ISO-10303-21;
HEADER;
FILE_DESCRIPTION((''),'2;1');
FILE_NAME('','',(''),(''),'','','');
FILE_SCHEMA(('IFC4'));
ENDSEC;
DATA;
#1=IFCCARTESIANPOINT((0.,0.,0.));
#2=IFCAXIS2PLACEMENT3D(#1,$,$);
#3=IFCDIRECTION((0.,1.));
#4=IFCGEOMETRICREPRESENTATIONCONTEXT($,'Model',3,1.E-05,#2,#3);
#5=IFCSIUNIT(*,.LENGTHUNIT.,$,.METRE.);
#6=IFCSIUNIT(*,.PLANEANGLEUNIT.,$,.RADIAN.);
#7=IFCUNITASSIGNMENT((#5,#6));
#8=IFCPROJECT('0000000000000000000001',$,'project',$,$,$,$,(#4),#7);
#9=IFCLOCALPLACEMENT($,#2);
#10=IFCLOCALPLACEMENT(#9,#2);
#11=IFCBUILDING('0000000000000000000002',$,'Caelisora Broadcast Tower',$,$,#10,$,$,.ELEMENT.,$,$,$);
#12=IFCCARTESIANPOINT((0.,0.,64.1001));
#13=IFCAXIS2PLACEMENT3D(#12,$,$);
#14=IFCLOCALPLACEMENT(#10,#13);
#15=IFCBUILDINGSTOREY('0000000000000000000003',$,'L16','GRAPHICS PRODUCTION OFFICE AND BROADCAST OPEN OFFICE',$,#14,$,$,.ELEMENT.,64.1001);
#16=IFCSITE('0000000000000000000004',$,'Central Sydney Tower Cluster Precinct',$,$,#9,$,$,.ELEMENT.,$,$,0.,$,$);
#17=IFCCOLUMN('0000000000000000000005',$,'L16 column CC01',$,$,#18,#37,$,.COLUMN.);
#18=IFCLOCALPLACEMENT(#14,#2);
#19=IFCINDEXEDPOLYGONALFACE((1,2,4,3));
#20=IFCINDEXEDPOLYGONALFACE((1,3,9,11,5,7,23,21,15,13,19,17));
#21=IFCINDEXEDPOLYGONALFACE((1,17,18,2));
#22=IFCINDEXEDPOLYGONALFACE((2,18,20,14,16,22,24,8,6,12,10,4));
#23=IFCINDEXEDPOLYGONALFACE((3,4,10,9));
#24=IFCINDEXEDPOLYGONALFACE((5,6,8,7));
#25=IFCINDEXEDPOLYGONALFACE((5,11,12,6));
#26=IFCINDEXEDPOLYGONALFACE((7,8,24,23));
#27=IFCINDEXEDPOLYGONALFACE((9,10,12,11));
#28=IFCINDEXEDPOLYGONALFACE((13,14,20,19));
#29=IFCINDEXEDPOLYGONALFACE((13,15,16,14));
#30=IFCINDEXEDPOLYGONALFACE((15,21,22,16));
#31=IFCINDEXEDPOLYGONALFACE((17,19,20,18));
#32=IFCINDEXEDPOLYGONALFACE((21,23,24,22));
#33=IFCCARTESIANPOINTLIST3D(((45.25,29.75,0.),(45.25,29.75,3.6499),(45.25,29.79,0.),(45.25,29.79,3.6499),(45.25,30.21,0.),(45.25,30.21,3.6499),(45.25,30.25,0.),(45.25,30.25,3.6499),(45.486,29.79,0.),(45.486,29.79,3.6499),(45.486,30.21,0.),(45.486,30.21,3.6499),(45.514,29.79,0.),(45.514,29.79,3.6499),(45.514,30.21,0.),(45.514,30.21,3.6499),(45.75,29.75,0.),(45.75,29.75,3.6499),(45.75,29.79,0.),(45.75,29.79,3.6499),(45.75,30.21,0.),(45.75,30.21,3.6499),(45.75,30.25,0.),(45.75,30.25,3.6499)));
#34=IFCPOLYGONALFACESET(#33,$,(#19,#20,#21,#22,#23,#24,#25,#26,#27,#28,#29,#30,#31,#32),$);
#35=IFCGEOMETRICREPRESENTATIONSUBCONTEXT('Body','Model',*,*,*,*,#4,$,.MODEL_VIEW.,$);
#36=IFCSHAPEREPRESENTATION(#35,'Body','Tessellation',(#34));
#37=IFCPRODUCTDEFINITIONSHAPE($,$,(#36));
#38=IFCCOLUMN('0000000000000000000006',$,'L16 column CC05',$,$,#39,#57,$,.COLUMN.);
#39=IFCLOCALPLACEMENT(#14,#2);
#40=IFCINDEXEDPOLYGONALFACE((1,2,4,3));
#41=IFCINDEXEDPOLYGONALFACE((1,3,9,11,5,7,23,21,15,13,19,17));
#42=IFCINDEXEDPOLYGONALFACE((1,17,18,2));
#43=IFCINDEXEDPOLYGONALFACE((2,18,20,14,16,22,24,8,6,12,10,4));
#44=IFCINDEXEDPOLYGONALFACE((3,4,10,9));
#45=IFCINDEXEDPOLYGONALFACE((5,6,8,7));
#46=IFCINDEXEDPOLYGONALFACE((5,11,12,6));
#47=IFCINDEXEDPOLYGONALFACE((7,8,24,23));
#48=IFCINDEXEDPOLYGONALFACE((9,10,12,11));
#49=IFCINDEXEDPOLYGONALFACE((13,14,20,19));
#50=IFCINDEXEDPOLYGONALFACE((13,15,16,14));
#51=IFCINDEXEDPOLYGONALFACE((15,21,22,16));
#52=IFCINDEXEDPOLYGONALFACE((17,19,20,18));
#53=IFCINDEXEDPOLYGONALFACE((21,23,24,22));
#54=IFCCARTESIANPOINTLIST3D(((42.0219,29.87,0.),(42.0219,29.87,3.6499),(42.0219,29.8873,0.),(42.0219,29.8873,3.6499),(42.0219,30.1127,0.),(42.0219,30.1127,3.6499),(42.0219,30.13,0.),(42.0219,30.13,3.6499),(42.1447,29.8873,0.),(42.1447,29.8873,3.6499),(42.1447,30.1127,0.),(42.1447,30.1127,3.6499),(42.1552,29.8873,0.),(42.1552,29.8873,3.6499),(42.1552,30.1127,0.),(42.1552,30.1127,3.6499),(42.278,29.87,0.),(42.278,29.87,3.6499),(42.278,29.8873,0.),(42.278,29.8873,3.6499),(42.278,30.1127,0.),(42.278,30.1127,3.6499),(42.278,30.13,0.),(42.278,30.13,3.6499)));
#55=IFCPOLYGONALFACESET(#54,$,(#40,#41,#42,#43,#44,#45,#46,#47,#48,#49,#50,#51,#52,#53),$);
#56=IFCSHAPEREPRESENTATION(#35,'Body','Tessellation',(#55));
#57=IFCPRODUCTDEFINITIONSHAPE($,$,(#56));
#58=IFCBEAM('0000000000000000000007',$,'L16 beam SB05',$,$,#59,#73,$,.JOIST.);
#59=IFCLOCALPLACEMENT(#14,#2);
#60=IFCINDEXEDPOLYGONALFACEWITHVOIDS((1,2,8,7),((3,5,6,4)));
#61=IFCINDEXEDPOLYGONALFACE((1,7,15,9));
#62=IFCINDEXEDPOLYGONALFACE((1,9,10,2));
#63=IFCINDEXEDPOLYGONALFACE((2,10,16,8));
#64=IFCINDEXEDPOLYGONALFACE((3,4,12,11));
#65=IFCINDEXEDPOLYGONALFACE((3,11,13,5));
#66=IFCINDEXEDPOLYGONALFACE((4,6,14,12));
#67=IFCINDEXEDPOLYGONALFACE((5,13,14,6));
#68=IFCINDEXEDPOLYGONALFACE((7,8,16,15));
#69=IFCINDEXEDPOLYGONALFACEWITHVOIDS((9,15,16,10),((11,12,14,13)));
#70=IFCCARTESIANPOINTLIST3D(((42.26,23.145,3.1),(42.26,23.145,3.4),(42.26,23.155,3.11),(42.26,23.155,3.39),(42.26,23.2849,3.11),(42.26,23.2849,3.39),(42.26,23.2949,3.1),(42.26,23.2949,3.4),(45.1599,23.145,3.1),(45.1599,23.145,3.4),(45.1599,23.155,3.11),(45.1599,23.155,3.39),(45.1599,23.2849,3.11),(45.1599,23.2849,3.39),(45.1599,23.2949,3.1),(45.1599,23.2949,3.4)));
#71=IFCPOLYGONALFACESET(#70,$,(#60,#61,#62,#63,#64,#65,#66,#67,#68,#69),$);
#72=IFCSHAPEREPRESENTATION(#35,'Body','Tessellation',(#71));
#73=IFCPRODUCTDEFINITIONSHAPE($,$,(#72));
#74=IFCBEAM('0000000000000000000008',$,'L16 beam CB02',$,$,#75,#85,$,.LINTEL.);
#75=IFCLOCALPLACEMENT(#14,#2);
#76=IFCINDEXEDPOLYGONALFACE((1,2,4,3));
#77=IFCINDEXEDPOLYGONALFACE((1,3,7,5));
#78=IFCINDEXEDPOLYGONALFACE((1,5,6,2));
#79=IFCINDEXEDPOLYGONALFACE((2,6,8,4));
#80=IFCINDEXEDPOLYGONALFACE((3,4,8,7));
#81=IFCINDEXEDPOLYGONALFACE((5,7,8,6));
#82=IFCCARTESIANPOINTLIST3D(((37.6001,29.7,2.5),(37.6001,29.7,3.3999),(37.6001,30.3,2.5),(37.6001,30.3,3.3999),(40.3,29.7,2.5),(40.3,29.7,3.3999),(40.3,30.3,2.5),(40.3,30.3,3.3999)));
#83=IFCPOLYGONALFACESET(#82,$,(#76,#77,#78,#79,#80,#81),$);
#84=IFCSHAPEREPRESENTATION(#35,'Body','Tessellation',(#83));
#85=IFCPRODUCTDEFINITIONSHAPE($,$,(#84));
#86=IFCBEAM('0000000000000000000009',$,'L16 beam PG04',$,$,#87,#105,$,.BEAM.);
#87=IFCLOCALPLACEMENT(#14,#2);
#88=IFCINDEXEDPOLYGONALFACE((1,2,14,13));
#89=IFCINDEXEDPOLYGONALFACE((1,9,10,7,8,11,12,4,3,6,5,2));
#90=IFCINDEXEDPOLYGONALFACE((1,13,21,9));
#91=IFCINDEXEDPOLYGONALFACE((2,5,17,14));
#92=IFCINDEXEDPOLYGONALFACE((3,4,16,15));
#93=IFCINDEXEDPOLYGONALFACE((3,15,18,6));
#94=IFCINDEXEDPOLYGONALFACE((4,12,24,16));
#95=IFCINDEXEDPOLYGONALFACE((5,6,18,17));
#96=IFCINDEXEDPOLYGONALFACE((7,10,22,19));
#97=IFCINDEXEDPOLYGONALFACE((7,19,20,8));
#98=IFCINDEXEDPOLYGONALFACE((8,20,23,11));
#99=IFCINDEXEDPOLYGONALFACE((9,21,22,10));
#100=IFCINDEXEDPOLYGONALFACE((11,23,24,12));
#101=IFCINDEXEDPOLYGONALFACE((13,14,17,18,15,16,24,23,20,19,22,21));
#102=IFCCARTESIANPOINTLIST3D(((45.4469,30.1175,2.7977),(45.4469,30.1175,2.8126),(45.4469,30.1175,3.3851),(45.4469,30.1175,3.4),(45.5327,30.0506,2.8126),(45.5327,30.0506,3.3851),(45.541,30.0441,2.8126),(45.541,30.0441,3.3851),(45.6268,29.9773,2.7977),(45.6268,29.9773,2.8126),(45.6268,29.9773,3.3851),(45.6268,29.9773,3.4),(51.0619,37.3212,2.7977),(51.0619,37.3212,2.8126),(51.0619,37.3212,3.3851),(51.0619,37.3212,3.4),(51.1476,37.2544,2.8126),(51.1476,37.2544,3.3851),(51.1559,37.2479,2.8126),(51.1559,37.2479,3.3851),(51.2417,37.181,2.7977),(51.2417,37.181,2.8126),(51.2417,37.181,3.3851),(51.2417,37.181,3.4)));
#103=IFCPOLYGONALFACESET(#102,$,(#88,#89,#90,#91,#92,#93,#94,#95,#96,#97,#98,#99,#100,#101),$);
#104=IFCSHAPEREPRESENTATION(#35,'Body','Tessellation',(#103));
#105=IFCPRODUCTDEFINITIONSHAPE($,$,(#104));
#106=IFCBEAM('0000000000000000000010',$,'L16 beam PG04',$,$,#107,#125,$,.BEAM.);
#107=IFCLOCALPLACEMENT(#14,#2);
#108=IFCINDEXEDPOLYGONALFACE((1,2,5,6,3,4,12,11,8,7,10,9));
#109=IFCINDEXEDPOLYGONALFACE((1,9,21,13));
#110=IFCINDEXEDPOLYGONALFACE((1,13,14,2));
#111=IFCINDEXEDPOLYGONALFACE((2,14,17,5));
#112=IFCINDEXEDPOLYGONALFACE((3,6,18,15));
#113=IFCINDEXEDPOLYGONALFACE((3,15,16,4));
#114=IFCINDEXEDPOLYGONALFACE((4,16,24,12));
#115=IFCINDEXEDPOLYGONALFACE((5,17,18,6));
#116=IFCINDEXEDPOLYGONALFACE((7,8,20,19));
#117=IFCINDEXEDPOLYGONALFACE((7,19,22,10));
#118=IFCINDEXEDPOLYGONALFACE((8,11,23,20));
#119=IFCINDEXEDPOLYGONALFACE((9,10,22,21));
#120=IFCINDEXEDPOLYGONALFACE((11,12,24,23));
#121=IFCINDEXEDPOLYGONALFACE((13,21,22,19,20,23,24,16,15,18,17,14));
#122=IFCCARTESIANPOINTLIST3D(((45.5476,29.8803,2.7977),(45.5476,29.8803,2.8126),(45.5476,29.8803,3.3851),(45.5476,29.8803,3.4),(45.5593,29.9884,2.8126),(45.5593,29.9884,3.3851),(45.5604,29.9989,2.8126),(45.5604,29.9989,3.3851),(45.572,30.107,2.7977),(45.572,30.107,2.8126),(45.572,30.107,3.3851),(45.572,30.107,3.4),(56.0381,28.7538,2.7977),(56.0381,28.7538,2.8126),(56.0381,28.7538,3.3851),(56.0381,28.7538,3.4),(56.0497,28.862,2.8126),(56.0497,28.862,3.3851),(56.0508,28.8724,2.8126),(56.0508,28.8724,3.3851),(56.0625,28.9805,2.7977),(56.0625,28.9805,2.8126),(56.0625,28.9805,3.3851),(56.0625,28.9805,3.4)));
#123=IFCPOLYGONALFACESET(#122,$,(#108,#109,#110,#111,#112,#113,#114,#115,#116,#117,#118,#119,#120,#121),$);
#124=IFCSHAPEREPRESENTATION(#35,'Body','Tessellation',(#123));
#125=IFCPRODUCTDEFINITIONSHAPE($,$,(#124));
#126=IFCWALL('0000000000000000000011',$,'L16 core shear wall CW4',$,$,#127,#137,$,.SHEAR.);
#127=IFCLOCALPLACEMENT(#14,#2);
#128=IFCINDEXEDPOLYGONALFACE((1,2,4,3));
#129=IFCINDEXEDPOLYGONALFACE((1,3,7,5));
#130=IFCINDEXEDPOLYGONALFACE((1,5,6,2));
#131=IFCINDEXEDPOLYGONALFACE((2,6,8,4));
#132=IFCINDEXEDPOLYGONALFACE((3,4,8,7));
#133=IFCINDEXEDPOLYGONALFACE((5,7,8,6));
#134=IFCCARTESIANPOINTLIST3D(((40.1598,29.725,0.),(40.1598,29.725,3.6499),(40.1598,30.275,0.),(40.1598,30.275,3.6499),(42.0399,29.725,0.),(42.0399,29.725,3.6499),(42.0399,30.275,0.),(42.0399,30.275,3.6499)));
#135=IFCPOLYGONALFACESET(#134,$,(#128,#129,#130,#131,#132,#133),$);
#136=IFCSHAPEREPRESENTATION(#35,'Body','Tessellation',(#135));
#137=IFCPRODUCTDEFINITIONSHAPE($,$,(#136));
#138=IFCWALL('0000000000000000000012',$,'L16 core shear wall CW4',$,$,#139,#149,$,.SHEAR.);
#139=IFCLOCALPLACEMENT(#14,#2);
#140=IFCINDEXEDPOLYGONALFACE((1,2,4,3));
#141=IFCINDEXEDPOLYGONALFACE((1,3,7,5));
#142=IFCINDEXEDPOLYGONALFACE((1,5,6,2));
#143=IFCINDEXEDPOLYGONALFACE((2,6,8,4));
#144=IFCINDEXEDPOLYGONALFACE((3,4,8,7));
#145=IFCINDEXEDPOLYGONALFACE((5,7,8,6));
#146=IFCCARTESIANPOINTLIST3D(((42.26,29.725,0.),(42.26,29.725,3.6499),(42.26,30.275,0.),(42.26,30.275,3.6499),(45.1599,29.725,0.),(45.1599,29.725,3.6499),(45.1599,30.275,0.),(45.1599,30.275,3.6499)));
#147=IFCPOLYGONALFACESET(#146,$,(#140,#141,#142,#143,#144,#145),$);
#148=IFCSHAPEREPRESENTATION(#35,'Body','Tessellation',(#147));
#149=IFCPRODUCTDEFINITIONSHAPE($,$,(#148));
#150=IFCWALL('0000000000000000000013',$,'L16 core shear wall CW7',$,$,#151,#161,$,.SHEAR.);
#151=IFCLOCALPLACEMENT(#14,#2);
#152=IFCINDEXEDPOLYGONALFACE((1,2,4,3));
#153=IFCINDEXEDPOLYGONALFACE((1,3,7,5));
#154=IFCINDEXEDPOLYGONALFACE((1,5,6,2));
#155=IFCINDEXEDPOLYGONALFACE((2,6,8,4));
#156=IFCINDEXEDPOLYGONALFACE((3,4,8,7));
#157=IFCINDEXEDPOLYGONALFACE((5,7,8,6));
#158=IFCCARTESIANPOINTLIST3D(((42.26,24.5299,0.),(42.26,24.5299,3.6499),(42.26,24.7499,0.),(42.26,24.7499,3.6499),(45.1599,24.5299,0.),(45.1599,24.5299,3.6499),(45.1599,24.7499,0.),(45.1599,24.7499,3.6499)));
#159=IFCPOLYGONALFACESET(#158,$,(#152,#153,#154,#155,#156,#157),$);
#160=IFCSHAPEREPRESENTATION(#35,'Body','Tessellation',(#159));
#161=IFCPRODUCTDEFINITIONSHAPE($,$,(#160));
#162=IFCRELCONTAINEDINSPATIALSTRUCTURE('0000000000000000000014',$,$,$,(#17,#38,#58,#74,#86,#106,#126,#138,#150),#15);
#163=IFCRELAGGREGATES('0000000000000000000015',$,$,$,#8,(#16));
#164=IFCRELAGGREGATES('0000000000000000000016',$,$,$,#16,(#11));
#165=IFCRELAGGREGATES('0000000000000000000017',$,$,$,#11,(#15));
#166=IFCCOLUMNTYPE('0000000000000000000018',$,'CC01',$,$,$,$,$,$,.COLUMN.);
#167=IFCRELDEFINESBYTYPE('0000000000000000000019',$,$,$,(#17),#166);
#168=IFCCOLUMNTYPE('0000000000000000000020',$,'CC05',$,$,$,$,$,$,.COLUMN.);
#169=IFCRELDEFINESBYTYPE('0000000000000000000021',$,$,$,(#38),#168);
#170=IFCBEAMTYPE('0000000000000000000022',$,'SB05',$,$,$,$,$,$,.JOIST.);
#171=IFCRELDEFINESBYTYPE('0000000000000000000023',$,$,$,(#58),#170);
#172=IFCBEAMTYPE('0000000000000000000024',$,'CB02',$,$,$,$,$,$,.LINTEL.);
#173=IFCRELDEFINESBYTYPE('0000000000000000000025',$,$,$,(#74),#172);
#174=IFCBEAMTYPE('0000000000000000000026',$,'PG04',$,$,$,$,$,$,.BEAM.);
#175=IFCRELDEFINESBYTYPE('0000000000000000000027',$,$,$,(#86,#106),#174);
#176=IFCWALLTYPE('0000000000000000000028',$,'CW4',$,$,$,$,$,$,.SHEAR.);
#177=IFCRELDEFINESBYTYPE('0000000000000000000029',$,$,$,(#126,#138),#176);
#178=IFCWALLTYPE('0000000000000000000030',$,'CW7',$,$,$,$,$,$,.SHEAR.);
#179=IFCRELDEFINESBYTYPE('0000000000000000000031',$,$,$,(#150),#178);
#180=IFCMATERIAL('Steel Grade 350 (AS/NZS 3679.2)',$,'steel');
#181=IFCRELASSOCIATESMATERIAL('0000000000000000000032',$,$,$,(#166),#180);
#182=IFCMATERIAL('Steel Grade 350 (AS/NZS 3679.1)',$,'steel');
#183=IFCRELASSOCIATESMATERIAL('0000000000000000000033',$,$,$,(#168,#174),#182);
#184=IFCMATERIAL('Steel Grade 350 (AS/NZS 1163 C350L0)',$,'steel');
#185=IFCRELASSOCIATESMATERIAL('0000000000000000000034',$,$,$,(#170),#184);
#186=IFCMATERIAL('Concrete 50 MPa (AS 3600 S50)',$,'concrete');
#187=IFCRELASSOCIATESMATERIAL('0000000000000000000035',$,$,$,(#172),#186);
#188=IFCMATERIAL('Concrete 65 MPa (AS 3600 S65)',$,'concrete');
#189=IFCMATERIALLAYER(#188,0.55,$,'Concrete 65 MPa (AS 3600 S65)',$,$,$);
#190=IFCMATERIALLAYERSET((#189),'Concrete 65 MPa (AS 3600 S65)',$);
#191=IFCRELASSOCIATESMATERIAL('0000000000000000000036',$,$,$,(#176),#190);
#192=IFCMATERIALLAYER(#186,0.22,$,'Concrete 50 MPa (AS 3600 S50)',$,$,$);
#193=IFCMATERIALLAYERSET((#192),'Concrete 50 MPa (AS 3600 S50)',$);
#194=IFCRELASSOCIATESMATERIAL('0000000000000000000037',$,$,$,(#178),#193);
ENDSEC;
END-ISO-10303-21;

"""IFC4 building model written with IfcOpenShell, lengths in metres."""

from ifc_helpers import new_model, si_unit, direction, frame, frame_2d, origin, origin_2d, place, context, subcontext, project, spatial, rectangle, hollow_rectangle, i_section, extrude, source, transform, mapped, material, layer, layer_set, material_profile, profile_set, type_object, type_shapes, element, save


model = new_model("IFC4")

# Units and contexts
model_context = context("Model", 3, precision=1e-05, world=origin(), true_north=direction((0.0, 1.0)))
body_context = subcontext(model_context, "Body", "Model", "MODEL_VIEW")
ifc_project = project(units=[si_unit("LENGTHUNIT", "METRE"), si_unit("PLANEANGLEUNIT", "RADIAN")], contexts=[model_context])

# Site, building, storey
site_placement = place(None, origin())
site = spatial("IfcSite", under=ifc_project, at=site_placement, Name="Central Sydney Tower Cluster Precinct", CompositionType="ELEMENT", RefElevation=0.0)
building_placement = place(site_placement, origin())
building = spatial("IfcBuilding", under=site, at=building_placement, Name="Caelisora Broadcast Tower", CompositionType="ELEMENT")
storey_placement = place(building_placement, frame((0.0, 0.0, 64.1001)))
storey = spatial("IfcBuildingStorey", under=building, at=storey_placement, Name="L16", Description="GRAPHICS PRODUCTION OFFICE AND BROADCAST OPEN OFFICE", CompositionType="ELEMENT", Elevation=64.1001)

# Columns
ifc_material_1 = material(Name="Steel Grade 350 (AS/NZS 3679.2)", Category="steel")
ifc_material_profile_1 = material_profile(ifc_material_1, i_section(OverallWidth=0.5, OverallDepth=0.5, WebThickness=0.0281, FlangeThickness=0.04, at=origin_2d()), Name="Steel Grade 350 (AS/NZS 3679.2)")
ifc_profile_set_1 = profile_set([ifc_material_profile_1], Name="Steel Grade 350 (AS/NZS 3679.2)")
column_type_1 = type_object("IfcColumnType", Name="CC01", PredefinedType="COLUMN", material=ifc_profile_set_1)
shared_shape_1 = source(origin(), body_context, "Body", "SweptSolid", [
    extrude(i_section(OverallWidth=0.5, OverallDepth=0.5, WebThickness=0.0281, FlangeThickness=0.04, at=origin_2d()), origin(), (0.0, 0.0, 1.0), 3.6499),
])
type_shapes(column_type_1, [shared_shape_1])
column_1_placement = place(storey_placement, frame((45.5, 30.0, 0.0), z_axis=(0.0, 0.0, 1.0), x_axis=(1.0, 0.0, 0.0)))
element("IfcColumn", 1, at=column_1_placement, inside=storey, type_object=column_type_1, Name="L16 column CC01", PredefinedType="COLUMN", context=body_context, shape_type="MappedRepresentation", body=[
    mapped(shared_shape_1, transform((0.0, 0.0, 0.0), scale=1.0)),
])
ifc_material_2 = material(Name="Steel Grade 350 (AS/NZS 3679.1)", Category="steel")
ifc_material_profile_2 = material_profile(ifc_material_2, i_section(OverallWidth=0.2561, OverallDepth=0.26, WebThickness=0.0105, FlangeThickness=0.0173, at=origin_2d()), Name="Steel Grade 350 (AS/NZS 3679.1)")
ifc_profile_set_2 = profile_set([ifc_material_profile_2], Name="Steel Grade 350 (AS/NZS 3679.1)")
column_type_2 = type_object("IfcColumnType", Name="CC05", PredefinedType="COLUMN", material=ifc_profile_set_2)
shared_shape_2 = source(origin(), body_context, "Body", "SweptSolid", [
    extrude(i_section(OverallWidth=0.2561, OverallDepth=0.26, WebThickness=0.0105, FlangeThickness=0.0173, at=origin_2d()), origin(), (0.0, 0.0, 1.0), 3.6499),
])
type_shapes(column_type_2, [shared_shape_2])
column_2_placement = place(storey_placement, frame((42.1499, 30.0, 0.0), z_axis=(0.0, 0.0, 1.0), x_axis=(1.0, 0.0, 0.0)))
element("IfcColumn", 2, at=column_2_placement, inside=storey, type_object=column_type_2, Name="L16 column CC05", PredefinedType="COLUMN", context=body_context, shape_type="MappedRepresentation", body=[
    mapped(shared_shape_2, transform((0.0, 0.0, 0.0), scale=1.0)),
])

# Beams
ifc_material_3 = material(Name="Steel Grade 350 (AS/NZS 1163 C350L0)", Category="steel")
ifc_material_profile_3 = material_profile(ifc_material_3, hollow_rectangle(XDim=0.1499, YDim=0.3, WallThickness=0.01, at=origin_2d()), Name="Steel Grade 350 (AS/NZS 1163 C350L0)")
ifc_profile_set_3 = profile_set([ifc_material_profile_3], Name="Steel Grade 350 (AS/NZS 1163 C350L0)")
beam_type_1 = type_object("IfcBeamType", Name="SB05", PredefinedType="JOIST", material=ifc_profile_set_3)
shared_shape_3 = source(origin(), body_context, "Body", "SweptSolid", [
    extrude(hollow_rectangle(XDim=0.1499, YDim=0.3, WallThickness=0.01, at=origin_2d()), origin(), (0.0, 0.0, 1.0), 2.8999),
])
type_shapes(beam_type_1, [shared_shape_3])
beam_1_placement = place(storey_placement, frame((42.26, 23.22, 3.25), z_axis=(1.0, 0.0, 0.0), x_axis=(0.0, 1.0, 0.0)))
element("IfcBeam", 3, at=beam_1_placement, inside=storey, type_object=beam_type_1, Name="L16 beam SB05", PredefinedType="JOIST", context=body_context, shape_type="MappedRepresentation", body=[
    mapped(shared_shape_3, transform((0.0, 0.0, 0.0), scale=1.0)),
])
ifc_material_4 = material(Name="Concrete 50 MPa (AS 3600 S50)", Category="concrete")
ifc_material_profile_4 = material_profile(ifc_material_4, rectangle(XDim=0.6001, YDim=0.8999, at=origin_2d()), Name="Concrete 50 MPa (AS 3600 S50)")
ifc_profile_set_4 = profile_set([ifc_material_profile_4], Name="Concrete 50 MPa (AS 3600 S50)")
beam_type_2 = type_object("IfcBeamType", Name="CB02", PredefinedType="LINTEL", material=ifc_profile_set_4)
shared_shape_4 = source(origin(), body_context, "Body", "SweptSolid", [
    extrude(rectangle(XDim=0.6001, YDim=0.8999, at=origin_2d()), origin(), (0.0, 0.0, 1.0), 2.7),
])
type_shapes(beam_type_2, [shared_shape_4])
beam_2_placement = place(storey_placement, frame((37.6001, 30.0, 2.95), z_axis=(1.0, 0.0, 0.0), x_axis=(0.0, 1.0, 0.0)))
element("IfcBeam", 4, at=beam_2_placement, inside=storey, type_object=beam_type_2, Name="L16 beam CB02", PredefinedType="LINTEL", context=body_context, shape_type="MappedRepresentation", body=[
    mapped(shared_shape_4, transform((0.0, 0.0, 0.0), scale=1.0)),
])
ifc_material_profile_5 = material_profile(ifc_material_2, i_section(OverallWidth=0.228, OverallDepth=0.6023, WebThickness=0.0105, FlangeThickness=0.0149, at=origin_2d()), Name="Steel Grade 350 (AS/NZS 3679.1)")
ifc_profile_set_5 = profile_set([ifc_material_profile_5], Name="Steel Grade 350 (AS/NZS 3679.1)")
beam_type_3 = type_object("IfcBeamType", Name="PG04", PredefinedType="BEAM", material=ifc_profile_set_5)
shared_shape_5 = source(origin(), body_context, "Body", "SweptSolid", [
    extrude(i_section(OverallWidth=0.228, OverallDepth=0.6023, WebThickness=0.0105, FlangeThickness=0.0149, at=origin_2d()), origin(), (0.0, 0.0, 1.0), 9.1335),
])
beam_3_placement = place(storey_placement, frame((45.5369, 30.0474, 3.0989), z_axis=(0.614758, 0.788716, 0.0), x_axis=(-0.788716, 0.614758, 0.0)))
element("IfcBeam", 5, at=beam_3_placement, inside=storey, type_object=beam_type_3, Name="L16 beam PG04", PredefinedType="BEAM", context=body_context, shape_type="MappedRepresentation", body=[
    mapped(shared_shape_5, transform((0.0, 0.0, 0.0), scale=1.0)),
])
shared_shape_6 = source(origin(), body_context, "Body", "SweptSolid", [
    extrude(i_section(OverallWidth=0.228, OverallDepth=0.6023, WebThickness=0.0105, FlangeThickness=0.0149, at=origin_2d()), origin(), (0.0, 0.0, 1.0), 10.5508),
])
type_shapes(beam_type_3, [shared_shape_5, shared_shape_6])
beam_4_placement = place(storey_placement, frame((45.5598, 29.9937, 3.0989), z_axis=(0.994284, -0.106766, 0.0), x_axis=(0.106766, 0.994284, 0.0)))
element("IfcBeam", 6, at=beam_4_placement, inside=storey, type_object=beam_type_3, Name="L16 beam PG04", PredefinedType="BEAM", context=body_context, shape_type="MappedRepresentation", body=[
    mapped(shared_shape_6, transform((0.0, 0.0, 0.0), scale=1.0)),
])

# Walls
ifc_material_5 = material(Name="Concrete 65 MPa (AS 3600 S65)", Category="concrete")
ifc_layer_1 = layer(ifc_material_5, 0.55, Name="Concrete 65 MPa (AS 3600 S65)")
ifc_layer_set_1 = layer_set([ifc_layer_1], Name="Concrete 65 MPa (AS 3600 S65)")
wall_type_1 = type_object("IfcWallType", Name="CW4", PredefinedType="SHEAR", material=ifc_layer_set_1)
wall_1_placement = place(storey_placement, frame((40.1599, 30.0, 0.0), z_axis=(0.0, 0.0, 1.0), x_axis=(1.0, 0.0, 0.0)))
element("IfcWall", 7, at=wall_1_placement, inside=storey, type_object=wall_type_1, Name="L16 core shear wall CW4", PredefinedType="SHEAR", context=body_context, shape_type="SweptSolid", body=[
    extrude(rectangle(XDim=1.8801, YDim=0.55, at=frame_2d((0.9399, 0.0))), origin(), (0.0, 0.0, 1.0), 3.6499),
])
wall_2_placement = place(storey_placement, frame((42.26, 30.0, 0.0), z_axis=(0.0, 0.0, 1.0), x_axis=(1.0, 0.0, 0.0)))
element("IfcWall", 8, at=wall_2_placement, inside=storey, type_object=wall_type_1, Name="L16 core shear wall CW4", PredefinedType="SHEAR", context=body_context, shape_type="SweptSolid", body=[
    extrude(rectangle(XDim=2.8999, YDim=0.55, at=frame_2d((1.45, 0.0))), origin(), (0.0, 0.0, 1.0), 3.6499),
])
ifc_layer_2 = layer(ifc_material_4, 0.22, Name="Concrete 50 MPa (AS 3600 S50)")
ifc_layer_set_2 = layer_set([ifc_layer_2], Name="Concrete 50 MPa (AS 3600 S50)")
wall_type_2 = type_object("IfcWallType", Name="CW7", PredefinedType="SHEAR", material=ifc_layer_set_2)
wall_3_placement = place(storey_placement, frame((42.26, 24.6399, 0.0), z_axis=(0.0, 0.0, 1.0), x_axis=(1.0, 0.0, 0.0)))
element("IfcWall", 9, at=wall_3_placement, inside=storey, type_object=wall_type_2, Name="L16 core shear wall CW7", PredefinedType="SHEAR", context=body_context, shape_type="SweptSolid", body=[
    extrude(rectangle(XDim=2.8999, YDim=0.22, at=frame_2d((1.45, 0.0))), origin(), (0.0, 0.0, 1.0), 3.6499),
])

save(model, "model.ifc")
